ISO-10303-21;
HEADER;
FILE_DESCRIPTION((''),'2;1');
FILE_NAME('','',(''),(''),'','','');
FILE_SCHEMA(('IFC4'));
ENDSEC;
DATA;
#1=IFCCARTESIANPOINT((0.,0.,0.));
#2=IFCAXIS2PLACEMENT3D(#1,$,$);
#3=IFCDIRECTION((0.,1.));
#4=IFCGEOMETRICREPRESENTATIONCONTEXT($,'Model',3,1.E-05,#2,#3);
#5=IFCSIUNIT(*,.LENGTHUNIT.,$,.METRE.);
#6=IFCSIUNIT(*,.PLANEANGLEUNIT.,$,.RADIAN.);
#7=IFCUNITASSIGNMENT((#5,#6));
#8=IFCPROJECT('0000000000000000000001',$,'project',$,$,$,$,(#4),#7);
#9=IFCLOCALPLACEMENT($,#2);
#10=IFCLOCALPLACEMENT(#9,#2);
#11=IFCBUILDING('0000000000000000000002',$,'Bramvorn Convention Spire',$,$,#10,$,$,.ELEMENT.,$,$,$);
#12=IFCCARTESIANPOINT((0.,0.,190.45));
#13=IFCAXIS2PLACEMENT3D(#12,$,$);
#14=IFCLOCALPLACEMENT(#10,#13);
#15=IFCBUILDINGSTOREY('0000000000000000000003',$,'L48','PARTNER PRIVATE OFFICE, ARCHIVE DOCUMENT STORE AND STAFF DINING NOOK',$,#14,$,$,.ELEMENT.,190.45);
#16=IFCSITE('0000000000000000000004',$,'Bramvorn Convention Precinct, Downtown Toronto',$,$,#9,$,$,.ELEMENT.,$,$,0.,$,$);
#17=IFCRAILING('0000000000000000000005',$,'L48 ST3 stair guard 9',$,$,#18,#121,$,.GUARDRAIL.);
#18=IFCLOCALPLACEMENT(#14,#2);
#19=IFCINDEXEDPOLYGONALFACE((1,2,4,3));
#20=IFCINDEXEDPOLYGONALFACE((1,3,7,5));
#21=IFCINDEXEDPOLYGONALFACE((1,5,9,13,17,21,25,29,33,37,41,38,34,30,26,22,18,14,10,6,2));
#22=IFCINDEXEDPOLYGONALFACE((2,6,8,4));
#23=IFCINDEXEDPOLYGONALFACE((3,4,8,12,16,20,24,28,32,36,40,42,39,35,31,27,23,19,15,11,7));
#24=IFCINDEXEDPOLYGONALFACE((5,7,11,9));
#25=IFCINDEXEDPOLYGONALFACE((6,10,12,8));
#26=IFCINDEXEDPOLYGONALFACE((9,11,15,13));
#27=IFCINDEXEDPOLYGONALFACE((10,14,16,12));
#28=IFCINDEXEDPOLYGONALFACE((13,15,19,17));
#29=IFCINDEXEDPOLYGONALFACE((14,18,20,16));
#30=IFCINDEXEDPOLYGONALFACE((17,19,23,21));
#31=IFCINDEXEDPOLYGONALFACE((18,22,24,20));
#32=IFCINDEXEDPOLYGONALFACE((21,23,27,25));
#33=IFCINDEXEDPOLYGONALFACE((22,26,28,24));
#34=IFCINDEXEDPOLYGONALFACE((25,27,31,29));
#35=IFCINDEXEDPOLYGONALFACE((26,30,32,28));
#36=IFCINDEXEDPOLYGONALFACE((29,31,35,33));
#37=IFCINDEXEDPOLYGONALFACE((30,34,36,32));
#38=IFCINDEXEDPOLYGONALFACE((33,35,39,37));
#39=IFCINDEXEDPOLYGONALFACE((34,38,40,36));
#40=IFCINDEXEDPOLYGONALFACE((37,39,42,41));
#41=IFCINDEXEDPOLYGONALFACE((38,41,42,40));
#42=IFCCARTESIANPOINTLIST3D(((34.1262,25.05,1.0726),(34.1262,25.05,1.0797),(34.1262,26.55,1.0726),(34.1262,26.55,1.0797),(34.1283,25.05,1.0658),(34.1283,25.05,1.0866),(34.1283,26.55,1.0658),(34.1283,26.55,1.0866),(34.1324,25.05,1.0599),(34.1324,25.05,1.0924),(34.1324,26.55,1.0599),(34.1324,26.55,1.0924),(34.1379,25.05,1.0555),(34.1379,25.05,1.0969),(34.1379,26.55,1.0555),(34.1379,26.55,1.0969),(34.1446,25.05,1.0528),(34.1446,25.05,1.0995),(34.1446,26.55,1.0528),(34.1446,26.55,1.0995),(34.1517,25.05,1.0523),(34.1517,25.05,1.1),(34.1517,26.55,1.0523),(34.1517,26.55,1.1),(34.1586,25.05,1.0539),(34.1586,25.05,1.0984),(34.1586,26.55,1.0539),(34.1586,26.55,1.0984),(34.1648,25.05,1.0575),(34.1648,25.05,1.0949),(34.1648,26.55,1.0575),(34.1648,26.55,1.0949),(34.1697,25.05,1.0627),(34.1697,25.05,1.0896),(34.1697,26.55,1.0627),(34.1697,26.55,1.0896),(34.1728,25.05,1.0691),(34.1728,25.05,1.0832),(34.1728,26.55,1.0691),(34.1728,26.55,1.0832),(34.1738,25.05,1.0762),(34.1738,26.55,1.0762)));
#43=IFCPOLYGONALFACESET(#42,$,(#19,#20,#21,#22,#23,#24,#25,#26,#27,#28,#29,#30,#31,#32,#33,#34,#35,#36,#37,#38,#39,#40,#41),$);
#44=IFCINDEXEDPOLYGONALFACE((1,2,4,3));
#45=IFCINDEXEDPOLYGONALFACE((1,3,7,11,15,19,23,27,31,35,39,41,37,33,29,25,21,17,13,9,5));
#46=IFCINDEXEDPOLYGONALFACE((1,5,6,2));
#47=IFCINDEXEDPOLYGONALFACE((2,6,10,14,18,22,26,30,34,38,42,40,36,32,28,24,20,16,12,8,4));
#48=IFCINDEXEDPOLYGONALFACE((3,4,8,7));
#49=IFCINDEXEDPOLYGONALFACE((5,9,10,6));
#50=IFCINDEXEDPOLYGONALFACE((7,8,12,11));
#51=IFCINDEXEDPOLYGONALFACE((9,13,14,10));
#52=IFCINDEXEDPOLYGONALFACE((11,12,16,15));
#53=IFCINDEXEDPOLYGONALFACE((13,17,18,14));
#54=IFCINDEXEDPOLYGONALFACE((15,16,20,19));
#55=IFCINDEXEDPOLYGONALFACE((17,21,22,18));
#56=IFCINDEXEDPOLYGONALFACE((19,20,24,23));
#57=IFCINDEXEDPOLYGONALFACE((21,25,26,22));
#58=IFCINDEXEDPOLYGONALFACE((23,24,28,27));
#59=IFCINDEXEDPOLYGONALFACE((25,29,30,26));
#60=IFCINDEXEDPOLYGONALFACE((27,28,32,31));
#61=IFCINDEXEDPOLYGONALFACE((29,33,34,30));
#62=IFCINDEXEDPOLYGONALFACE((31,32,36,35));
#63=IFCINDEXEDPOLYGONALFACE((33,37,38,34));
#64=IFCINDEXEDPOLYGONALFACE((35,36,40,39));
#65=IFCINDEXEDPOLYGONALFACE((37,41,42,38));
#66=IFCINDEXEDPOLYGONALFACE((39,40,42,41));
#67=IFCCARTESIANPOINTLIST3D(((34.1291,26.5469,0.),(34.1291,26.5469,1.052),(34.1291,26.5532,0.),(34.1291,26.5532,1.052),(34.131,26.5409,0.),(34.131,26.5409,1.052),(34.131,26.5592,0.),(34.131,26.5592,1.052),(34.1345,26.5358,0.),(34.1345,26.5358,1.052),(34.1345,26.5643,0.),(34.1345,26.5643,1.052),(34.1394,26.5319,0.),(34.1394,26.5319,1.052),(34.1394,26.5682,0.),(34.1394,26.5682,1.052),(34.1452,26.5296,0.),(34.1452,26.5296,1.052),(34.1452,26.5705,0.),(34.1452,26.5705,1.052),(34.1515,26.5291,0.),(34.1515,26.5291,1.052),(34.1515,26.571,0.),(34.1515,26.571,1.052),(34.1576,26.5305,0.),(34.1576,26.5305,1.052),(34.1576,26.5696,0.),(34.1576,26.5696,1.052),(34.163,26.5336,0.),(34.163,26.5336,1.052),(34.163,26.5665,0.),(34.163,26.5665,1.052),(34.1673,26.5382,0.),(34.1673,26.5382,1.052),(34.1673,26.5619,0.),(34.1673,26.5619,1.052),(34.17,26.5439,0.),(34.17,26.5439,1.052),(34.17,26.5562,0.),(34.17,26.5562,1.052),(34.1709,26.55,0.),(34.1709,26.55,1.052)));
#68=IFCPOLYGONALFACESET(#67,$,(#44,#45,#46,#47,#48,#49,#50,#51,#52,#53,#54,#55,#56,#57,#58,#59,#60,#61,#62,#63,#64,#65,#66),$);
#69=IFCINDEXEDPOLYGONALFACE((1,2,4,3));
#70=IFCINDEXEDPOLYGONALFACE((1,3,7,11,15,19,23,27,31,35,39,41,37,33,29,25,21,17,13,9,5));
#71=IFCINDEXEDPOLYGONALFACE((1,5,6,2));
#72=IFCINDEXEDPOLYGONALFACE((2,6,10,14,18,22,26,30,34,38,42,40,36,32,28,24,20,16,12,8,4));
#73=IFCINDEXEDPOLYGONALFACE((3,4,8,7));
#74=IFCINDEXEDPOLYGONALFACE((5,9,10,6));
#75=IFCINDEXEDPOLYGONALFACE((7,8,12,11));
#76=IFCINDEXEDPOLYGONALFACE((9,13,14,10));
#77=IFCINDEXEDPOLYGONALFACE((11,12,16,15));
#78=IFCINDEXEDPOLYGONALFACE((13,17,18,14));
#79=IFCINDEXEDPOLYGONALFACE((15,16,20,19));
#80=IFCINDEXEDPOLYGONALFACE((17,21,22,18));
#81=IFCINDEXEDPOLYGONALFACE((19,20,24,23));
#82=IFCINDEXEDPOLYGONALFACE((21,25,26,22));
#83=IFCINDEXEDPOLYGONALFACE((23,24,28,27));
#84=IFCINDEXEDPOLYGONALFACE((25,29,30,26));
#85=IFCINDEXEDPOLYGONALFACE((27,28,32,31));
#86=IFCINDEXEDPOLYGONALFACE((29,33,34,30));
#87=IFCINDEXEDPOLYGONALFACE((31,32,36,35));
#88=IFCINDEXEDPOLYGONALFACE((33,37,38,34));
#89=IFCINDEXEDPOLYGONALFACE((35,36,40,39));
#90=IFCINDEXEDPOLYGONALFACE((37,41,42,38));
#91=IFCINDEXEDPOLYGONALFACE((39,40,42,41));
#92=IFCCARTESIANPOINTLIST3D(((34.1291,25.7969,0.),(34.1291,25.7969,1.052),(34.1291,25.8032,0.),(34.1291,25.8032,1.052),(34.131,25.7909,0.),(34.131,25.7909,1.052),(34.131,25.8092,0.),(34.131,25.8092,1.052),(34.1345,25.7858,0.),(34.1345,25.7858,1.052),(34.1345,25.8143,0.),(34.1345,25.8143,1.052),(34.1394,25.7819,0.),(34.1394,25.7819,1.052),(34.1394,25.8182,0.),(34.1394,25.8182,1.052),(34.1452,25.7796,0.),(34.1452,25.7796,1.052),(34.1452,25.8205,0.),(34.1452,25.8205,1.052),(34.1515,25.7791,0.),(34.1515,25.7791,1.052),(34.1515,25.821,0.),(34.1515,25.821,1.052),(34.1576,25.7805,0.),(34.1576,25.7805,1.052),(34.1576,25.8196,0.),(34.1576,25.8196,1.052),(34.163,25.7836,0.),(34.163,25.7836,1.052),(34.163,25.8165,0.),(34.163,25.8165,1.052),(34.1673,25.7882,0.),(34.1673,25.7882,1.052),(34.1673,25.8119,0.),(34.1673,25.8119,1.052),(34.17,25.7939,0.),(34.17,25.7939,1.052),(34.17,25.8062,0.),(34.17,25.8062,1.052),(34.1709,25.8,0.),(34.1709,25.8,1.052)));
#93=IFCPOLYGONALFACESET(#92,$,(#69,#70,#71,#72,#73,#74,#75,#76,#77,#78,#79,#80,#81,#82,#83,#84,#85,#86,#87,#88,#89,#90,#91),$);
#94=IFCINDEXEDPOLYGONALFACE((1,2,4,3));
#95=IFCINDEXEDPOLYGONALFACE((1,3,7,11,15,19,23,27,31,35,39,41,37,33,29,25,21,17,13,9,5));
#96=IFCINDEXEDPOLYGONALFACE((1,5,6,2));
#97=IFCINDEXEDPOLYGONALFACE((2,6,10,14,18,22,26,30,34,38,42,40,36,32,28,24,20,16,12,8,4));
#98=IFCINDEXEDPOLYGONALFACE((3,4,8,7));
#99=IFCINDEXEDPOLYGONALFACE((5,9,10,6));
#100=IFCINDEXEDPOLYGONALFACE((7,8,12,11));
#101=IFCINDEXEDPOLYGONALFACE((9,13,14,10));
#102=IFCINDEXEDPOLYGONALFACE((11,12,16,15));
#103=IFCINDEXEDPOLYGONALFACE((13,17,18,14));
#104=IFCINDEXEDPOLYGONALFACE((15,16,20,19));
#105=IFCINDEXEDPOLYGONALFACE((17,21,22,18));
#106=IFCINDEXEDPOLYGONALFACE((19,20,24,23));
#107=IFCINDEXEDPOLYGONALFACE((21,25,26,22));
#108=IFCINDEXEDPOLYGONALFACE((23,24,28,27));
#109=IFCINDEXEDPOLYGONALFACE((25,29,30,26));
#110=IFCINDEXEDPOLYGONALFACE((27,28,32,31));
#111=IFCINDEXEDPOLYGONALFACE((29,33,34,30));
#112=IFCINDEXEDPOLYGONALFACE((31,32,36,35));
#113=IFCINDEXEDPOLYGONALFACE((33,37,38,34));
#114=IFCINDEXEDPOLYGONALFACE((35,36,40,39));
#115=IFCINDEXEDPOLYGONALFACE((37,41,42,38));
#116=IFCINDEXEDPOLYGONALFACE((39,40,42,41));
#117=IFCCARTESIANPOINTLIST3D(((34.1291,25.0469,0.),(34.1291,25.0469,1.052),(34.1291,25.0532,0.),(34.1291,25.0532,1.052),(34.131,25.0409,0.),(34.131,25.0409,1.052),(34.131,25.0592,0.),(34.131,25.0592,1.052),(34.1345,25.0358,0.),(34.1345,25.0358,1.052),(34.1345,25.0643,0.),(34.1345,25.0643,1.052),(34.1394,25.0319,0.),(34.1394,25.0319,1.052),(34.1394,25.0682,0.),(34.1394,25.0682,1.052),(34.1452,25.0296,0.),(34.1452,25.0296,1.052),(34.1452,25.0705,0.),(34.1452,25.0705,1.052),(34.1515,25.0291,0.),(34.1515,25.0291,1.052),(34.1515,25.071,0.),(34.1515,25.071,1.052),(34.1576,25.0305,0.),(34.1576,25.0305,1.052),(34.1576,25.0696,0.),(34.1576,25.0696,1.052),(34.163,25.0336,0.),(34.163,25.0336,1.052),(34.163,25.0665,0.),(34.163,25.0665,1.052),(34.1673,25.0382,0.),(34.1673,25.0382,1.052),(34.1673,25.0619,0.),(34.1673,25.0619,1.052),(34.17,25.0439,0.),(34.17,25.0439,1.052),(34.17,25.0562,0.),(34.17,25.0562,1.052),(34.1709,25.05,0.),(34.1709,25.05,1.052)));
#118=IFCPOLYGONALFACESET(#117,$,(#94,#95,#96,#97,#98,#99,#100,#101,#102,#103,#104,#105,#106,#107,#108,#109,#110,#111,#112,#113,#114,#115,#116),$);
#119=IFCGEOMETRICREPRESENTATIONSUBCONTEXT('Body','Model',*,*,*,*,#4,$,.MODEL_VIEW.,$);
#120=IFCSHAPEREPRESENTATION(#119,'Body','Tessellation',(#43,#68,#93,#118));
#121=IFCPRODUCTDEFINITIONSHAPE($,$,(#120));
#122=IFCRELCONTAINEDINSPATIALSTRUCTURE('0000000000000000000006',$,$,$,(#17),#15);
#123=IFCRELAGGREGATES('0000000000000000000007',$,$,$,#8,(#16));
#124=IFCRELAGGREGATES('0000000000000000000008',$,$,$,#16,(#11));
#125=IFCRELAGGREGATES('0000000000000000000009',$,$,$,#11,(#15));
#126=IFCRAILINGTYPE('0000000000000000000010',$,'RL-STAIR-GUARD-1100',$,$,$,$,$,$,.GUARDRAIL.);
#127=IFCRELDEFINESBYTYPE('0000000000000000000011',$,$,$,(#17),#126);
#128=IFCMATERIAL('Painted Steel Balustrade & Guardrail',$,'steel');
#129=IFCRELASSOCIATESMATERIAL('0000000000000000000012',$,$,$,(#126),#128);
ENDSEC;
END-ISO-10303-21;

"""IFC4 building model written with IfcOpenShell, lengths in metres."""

from ifc_helpers import new_model, si_unit, direction, frame, origin, origin_2d, place, context, subcontext, project, spatial, circle, extrude, material, type_object, element, save


model = new_model("IFC4")

# Units and contexts
model_context = context("Model", 3, precision=1e-05, world=origin(), true_north=direction((0.0, 1.0)))
body_context = subcontext(model_context, "Body", "Model", "MODEL_VIEW")
ifc_project = project(units=[si_unit("LENGTHUNIT", "METRE"), si_unit("PLANEANGLEUNIT", "RADIAN")], contexts=[model_context])

# Site, building, storey
site_placement = place(None, origin())
site = spatial("IfcSite", under=ifc_project, at=site_placement, Name="Bramvorn Convention Precinct, Downtown Toronto", CompositionType="ELEMENT", RefElevation=0.0)
building_placement = place(site_placement, origin())
building = spatial("IfcBuilding", under=site, at=building_placement, Name="Bramvorn Convention Spire", CompositionType="ELEMENT")
storey_placement = place(building_placement, frame((0.0, 0.0, 190.45)))
storey = spatial("IfcBuildingStorey", under=building, at=storey_placement, Name="L48", Description="PARTNER PRIVATE OFFICE, ARCHIVE DOCUMENT STORE AND STAFF DINING NOOK", CompositionType="ELEMENT", Elevation=190.45)

# Railing
ifc_material_1 = material(Name="Painted Steel Balustrade & Guardrail", Category="steel")
railing_type_1 = type_object("IfcRailingType", Name="RL-STAIR-GUARD-1100", PredefinedType="GUARDRAIL", material=ifc_material_1)
railing_1_placement = place(storey_placement, frame((34.1499, 26.55, 0.0)))
element("IfcRailing", 1, at=railing_1_placement, inside=storey, type_object=railing_type_1, Name="L48 ST3 stair guard 9", PredefinedType="GUARDRAIL", context=body_context, shape_type="SweptSolid", body=[
    extrude(circle(Radius=0.0239, at=origin_2d()), frame((0.0, 0.0, 1.0762), z_axis=(0.0, -1.0, 0.0), x_axis=(1.0, 0.0, 0.0)), (0.0, 0.0, 1.0), 1.5),
    extrude(circle(Radius=0.021, at=origin_2d()), origin(), (0.0, 0.0, 1.0), 1.052),
    extrude(circle(Radius=0.021, at=origin_2d()), frame((0.0, -0.75, 0.0)), (0.0, 0.0, 1.0), 1.052),
    extrude(circle(Radius=0.021, at=origin_2d()), frame((0.0, -1.5, 0.0)), (0.0, 0.0, 1.0), 1.052),
])

save(model, "model.ifc")
